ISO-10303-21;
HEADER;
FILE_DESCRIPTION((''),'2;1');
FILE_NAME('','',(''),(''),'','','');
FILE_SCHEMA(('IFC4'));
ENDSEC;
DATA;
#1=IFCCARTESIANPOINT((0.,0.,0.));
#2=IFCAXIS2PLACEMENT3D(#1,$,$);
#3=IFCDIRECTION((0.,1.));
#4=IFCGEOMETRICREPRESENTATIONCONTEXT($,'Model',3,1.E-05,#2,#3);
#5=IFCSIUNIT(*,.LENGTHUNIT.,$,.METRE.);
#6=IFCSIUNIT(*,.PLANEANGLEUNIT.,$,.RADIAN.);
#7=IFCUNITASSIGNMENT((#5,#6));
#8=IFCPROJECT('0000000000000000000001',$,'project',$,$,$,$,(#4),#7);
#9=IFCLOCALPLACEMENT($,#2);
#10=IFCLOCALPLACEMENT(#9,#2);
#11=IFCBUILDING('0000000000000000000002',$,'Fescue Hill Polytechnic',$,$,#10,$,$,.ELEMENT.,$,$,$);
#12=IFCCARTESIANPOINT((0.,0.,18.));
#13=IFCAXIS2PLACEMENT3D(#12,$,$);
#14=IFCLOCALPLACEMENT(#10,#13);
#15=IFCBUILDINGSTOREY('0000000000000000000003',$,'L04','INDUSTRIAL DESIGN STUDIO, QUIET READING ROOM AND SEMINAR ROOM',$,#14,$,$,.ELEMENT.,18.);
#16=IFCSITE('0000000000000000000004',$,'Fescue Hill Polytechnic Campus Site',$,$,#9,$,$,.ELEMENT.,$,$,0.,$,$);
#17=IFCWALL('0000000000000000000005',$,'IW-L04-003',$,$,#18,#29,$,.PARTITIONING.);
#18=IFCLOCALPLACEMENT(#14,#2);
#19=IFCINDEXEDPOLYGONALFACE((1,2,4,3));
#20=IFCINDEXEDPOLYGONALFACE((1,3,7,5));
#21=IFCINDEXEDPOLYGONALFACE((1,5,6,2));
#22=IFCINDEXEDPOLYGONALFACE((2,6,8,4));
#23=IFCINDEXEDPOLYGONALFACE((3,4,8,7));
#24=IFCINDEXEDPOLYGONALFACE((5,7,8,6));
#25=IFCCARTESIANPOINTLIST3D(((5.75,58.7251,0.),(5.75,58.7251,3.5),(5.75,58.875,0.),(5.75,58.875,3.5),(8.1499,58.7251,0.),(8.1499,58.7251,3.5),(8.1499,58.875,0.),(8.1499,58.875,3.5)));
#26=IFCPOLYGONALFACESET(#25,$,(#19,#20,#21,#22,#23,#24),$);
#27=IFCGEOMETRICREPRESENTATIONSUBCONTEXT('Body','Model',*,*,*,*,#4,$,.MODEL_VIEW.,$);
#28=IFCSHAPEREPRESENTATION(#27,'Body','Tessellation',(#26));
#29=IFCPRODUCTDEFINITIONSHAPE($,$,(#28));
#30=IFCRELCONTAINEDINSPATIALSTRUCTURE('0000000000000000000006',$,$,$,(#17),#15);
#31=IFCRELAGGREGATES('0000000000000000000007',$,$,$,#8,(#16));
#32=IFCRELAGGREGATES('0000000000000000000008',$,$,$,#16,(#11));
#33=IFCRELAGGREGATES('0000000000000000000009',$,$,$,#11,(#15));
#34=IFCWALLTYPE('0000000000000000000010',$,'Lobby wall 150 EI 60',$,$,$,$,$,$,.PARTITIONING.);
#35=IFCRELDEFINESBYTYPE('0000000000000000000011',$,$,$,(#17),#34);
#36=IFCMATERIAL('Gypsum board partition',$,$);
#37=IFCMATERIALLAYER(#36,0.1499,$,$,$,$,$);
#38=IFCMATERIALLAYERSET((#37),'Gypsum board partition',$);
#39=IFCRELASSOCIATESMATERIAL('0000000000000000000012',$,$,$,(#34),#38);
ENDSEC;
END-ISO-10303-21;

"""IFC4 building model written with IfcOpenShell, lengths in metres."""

from ifc_helpers import new_model, si_unit, direction, frame, frame_2d, origin, place, context, subcontext, project, spatial, rectangle, extrude, material, layer, layer_set, type_object, element, save


model = new_model("IFC4")

# Units and contexts
model_context = context("Model", 3, precision=1e-05, world=origin(), true_north=direction((0.0, 1.0)))
body_context = subcontext(model_context, "Body", "Model", "MODEL_VIEW")
ifc_project = project(units=[si_unit("LENGTHUNIT", "METRE"), si_unit("PLANEANGLEUNIT", "RADIAN")], contexts=[model_context])

# Site, building, storey
site_placement = place(None, origin())
site = spatial("IfcSite", under=ifc_project, at=site_placement, Name="Fescue Hill Polytechnic Campus Site", CompositionType="ELEMENT", RefElevation=0.0)
building_placement = place(site_placement, origin())
building = spatial("IfcBuilding", under=site, at=building_placement, Name="Fescue Hill Polytechnic", CompositionType="ELEMENT")
storey_placement = place(building_placement, frame((0.0, 0.0, 18.0)))
storey = spatial("IfcBuildingStorey", under=building, at=storey_placement, Name="L04", Description="INDUSTRIAL DESIGN STUDIO, QUIET READING ROOM AND SEMINAR ROOM", CompositionType="ELEMENT", Elevation=18.0)

# Shared definitions
ifc_material_1 = material(Name="Gypsum board partition")

# Wall
ifc_layer_1 = layer(ifc_material_1, 0.1499)
ifc_layer_set_1 = layer_set([ifc_layer_1], Name="Gypsum board partition")
wall_type_1 = type_object("IfcWallType", Name="Lobby wall 150 EI 60", PredefinedType="PARTITIONING", material=ifc_layer_set_1)
wall_1_placement = place(storey_placement, frame((5.75, 58.8, 0.0), z_axis=(0.0, 0.0, 1.0), x_axis=(1.0, 0.0, 0.0)))
element("IfcWall", 1, at=wall_1_placement, inside=storey, type_object=wall_type_1, Name="IW-L04-003", PredefinedType="PARTITIONING", context=body_context, shape_type="SweptSolid", body=[
    extrude(rectangle(XDim=2.3999, YDim=0.1499, at=frame_2d((1.2, 0.0))), origin(), (0.0, 0.0, 1.0), 3.5),
])

save(model, "model.ifc")
